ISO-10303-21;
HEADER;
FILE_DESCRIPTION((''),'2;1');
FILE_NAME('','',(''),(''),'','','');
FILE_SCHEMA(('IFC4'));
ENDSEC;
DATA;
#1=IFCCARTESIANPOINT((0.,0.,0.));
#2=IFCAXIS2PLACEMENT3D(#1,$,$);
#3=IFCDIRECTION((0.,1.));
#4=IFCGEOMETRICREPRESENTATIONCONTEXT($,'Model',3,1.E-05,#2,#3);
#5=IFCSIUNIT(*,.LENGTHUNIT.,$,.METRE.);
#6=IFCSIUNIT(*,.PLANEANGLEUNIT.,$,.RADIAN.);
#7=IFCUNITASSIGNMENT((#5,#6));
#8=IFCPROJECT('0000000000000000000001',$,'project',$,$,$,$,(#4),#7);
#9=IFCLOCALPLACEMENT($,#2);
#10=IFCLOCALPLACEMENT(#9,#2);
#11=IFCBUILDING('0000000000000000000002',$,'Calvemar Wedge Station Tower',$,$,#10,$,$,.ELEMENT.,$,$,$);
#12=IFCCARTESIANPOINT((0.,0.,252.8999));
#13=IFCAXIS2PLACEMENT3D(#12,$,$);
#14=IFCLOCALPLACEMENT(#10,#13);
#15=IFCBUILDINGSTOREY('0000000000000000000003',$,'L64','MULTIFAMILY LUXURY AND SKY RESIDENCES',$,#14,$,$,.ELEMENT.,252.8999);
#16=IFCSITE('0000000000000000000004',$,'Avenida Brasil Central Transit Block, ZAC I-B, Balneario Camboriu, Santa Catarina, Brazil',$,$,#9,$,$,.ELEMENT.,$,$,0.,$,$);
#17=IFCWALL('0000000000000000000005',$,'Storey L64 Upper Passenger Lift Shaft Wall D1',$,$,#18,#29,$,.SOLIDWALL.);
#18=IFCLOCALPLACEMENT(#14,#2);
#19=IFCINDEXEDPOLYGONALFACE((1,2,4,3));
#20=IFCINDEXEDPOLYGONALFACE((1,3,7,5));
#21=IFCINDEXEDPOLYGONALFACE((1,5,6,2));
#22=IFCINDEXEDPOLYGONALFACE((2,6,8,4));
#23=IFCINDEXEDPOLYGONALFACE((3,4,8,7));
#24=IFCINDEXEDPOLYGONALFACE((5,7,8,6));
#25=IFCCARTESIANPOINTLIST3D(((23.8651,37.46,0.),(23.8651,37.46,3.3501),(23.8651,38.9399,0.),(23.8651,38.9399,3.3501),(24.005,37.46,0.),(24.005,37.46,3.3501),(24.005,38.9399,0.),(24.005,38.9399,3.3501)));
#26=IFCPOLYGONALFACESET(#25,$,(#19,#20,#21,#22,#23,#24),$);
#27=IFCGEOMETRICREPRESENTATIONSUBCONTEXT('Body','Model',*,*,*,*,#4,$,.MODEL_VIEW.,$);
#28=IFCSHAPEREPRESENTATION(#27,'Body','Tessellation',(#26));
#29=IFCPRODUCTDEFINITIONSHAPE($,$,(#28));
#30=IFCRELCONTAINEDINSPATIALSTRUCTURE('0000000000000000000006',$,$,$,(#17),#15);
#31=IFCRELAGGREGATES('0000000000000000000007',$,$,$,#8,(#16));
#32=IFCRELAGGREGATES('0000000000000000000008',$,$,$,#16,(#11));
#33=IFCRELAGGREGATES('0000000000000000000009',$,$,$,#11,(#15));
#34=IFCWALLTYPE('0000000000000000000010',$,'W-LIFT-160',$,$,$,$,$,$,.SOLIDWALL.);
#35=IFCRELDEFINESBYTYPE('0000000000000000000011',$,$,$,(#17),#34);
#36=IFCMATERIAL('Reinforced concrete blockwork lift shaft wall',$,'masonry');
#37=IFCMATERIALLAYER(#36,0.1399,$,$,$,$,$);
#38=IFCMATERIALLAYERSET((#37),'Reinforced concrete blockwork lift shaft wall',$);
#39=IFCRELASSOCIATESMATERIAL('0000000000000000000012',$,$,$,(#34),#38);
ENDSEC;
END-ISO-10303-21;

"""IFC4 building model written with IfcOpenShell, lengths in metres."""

from ifc_helpers import new_model, si_unit, direction, frame, frame_2d, origin, place, context, subcontext, project, spatial, rectangle, extrude, material, layer, layer_set, type_object, element, save


model = new_model("IFC4")

# Units and contexts
model_context = context("Model", 3, precision=1e-05, world=origin(), true_north=direction((0.0, 1.0)))
body_context = subcontext(model_context, "Body", "Model", "MODEL_VIEW")
ifc_project = project(units=[si_unit("LENGTHUNIT", "METRE"), si_unit("PLANEANGLEUNIT", "RADIAN")], contexts=[model_context])

# Site, building, storey
site_placement = place(None, origin())
site = spatial("IfcSite", under=ifc_project, at=site_placement, Name="Avenida Brasil Central Transit Block, ZAC I-B, Balneario Camboriu, Santa Catarina, Brazil", CompositionType="ELEMENT", RefElevation=0.0)
building_placement = place(site_placement, origin())
building = spatial("IfcBuilding", under=site, at=building_placement, Name="Calvemar Wedge Station Tower", CompositionType="ELEMENT")
storey_placement = place(building_placement, frame((0.0, 0.0, 252.8999)))
storey = spatial("IfcBuildingStorey", under=building, at=storey_placement, Name="L64", Description="MULTIFAMILY LUXURY AND SKY RESIDENCES", CompositionType="ELEMENT", Elevation=252.8999)

# Shared definitions
ifc_material_1 = material(Name="Reinforced concrete blockwork lift shaft wall", Category="masonry")
ifc_layer_1 = layer(ifc_material_1, 0.1399)
ifc_layer_set_1 = layer_set([ifc_layer_1], Name="Reinforced concrete blockwork lift shaft wall")
wall_type_1 = type_object("IfcWallType", Name="W-LIFT-160", PredefinedType="SOLIDWALL", material=ifc_layer_set_1)

# Wall
for number, where, z_axis, x_axis, name in (
    (1, (23.9351, 37.46, 0.0), (0.0, 0.0, 1.0), (0.0, 1.0, 0.0), "Storey L64 Upper Passenger Lift Shaft Wall D1"),
):
    element("IfcWall", number, at=place(storey_placement, frame(where, z_axis=z_axis, x_axis=x_axis)), inside=storey, type_object=wall_type_1, Name=name, PredefinedType="SOLIDWALL", context=body_context, shape_type="SweptSolid", body=[
        extrude(rectangle(XDim=1.48, YDim=0.1399, at=frame_2d((0.74, 0.0))), origin(), (0.0, 0.0, 1.0), 3.3501),
    ])

save(model, "model.ifc")
